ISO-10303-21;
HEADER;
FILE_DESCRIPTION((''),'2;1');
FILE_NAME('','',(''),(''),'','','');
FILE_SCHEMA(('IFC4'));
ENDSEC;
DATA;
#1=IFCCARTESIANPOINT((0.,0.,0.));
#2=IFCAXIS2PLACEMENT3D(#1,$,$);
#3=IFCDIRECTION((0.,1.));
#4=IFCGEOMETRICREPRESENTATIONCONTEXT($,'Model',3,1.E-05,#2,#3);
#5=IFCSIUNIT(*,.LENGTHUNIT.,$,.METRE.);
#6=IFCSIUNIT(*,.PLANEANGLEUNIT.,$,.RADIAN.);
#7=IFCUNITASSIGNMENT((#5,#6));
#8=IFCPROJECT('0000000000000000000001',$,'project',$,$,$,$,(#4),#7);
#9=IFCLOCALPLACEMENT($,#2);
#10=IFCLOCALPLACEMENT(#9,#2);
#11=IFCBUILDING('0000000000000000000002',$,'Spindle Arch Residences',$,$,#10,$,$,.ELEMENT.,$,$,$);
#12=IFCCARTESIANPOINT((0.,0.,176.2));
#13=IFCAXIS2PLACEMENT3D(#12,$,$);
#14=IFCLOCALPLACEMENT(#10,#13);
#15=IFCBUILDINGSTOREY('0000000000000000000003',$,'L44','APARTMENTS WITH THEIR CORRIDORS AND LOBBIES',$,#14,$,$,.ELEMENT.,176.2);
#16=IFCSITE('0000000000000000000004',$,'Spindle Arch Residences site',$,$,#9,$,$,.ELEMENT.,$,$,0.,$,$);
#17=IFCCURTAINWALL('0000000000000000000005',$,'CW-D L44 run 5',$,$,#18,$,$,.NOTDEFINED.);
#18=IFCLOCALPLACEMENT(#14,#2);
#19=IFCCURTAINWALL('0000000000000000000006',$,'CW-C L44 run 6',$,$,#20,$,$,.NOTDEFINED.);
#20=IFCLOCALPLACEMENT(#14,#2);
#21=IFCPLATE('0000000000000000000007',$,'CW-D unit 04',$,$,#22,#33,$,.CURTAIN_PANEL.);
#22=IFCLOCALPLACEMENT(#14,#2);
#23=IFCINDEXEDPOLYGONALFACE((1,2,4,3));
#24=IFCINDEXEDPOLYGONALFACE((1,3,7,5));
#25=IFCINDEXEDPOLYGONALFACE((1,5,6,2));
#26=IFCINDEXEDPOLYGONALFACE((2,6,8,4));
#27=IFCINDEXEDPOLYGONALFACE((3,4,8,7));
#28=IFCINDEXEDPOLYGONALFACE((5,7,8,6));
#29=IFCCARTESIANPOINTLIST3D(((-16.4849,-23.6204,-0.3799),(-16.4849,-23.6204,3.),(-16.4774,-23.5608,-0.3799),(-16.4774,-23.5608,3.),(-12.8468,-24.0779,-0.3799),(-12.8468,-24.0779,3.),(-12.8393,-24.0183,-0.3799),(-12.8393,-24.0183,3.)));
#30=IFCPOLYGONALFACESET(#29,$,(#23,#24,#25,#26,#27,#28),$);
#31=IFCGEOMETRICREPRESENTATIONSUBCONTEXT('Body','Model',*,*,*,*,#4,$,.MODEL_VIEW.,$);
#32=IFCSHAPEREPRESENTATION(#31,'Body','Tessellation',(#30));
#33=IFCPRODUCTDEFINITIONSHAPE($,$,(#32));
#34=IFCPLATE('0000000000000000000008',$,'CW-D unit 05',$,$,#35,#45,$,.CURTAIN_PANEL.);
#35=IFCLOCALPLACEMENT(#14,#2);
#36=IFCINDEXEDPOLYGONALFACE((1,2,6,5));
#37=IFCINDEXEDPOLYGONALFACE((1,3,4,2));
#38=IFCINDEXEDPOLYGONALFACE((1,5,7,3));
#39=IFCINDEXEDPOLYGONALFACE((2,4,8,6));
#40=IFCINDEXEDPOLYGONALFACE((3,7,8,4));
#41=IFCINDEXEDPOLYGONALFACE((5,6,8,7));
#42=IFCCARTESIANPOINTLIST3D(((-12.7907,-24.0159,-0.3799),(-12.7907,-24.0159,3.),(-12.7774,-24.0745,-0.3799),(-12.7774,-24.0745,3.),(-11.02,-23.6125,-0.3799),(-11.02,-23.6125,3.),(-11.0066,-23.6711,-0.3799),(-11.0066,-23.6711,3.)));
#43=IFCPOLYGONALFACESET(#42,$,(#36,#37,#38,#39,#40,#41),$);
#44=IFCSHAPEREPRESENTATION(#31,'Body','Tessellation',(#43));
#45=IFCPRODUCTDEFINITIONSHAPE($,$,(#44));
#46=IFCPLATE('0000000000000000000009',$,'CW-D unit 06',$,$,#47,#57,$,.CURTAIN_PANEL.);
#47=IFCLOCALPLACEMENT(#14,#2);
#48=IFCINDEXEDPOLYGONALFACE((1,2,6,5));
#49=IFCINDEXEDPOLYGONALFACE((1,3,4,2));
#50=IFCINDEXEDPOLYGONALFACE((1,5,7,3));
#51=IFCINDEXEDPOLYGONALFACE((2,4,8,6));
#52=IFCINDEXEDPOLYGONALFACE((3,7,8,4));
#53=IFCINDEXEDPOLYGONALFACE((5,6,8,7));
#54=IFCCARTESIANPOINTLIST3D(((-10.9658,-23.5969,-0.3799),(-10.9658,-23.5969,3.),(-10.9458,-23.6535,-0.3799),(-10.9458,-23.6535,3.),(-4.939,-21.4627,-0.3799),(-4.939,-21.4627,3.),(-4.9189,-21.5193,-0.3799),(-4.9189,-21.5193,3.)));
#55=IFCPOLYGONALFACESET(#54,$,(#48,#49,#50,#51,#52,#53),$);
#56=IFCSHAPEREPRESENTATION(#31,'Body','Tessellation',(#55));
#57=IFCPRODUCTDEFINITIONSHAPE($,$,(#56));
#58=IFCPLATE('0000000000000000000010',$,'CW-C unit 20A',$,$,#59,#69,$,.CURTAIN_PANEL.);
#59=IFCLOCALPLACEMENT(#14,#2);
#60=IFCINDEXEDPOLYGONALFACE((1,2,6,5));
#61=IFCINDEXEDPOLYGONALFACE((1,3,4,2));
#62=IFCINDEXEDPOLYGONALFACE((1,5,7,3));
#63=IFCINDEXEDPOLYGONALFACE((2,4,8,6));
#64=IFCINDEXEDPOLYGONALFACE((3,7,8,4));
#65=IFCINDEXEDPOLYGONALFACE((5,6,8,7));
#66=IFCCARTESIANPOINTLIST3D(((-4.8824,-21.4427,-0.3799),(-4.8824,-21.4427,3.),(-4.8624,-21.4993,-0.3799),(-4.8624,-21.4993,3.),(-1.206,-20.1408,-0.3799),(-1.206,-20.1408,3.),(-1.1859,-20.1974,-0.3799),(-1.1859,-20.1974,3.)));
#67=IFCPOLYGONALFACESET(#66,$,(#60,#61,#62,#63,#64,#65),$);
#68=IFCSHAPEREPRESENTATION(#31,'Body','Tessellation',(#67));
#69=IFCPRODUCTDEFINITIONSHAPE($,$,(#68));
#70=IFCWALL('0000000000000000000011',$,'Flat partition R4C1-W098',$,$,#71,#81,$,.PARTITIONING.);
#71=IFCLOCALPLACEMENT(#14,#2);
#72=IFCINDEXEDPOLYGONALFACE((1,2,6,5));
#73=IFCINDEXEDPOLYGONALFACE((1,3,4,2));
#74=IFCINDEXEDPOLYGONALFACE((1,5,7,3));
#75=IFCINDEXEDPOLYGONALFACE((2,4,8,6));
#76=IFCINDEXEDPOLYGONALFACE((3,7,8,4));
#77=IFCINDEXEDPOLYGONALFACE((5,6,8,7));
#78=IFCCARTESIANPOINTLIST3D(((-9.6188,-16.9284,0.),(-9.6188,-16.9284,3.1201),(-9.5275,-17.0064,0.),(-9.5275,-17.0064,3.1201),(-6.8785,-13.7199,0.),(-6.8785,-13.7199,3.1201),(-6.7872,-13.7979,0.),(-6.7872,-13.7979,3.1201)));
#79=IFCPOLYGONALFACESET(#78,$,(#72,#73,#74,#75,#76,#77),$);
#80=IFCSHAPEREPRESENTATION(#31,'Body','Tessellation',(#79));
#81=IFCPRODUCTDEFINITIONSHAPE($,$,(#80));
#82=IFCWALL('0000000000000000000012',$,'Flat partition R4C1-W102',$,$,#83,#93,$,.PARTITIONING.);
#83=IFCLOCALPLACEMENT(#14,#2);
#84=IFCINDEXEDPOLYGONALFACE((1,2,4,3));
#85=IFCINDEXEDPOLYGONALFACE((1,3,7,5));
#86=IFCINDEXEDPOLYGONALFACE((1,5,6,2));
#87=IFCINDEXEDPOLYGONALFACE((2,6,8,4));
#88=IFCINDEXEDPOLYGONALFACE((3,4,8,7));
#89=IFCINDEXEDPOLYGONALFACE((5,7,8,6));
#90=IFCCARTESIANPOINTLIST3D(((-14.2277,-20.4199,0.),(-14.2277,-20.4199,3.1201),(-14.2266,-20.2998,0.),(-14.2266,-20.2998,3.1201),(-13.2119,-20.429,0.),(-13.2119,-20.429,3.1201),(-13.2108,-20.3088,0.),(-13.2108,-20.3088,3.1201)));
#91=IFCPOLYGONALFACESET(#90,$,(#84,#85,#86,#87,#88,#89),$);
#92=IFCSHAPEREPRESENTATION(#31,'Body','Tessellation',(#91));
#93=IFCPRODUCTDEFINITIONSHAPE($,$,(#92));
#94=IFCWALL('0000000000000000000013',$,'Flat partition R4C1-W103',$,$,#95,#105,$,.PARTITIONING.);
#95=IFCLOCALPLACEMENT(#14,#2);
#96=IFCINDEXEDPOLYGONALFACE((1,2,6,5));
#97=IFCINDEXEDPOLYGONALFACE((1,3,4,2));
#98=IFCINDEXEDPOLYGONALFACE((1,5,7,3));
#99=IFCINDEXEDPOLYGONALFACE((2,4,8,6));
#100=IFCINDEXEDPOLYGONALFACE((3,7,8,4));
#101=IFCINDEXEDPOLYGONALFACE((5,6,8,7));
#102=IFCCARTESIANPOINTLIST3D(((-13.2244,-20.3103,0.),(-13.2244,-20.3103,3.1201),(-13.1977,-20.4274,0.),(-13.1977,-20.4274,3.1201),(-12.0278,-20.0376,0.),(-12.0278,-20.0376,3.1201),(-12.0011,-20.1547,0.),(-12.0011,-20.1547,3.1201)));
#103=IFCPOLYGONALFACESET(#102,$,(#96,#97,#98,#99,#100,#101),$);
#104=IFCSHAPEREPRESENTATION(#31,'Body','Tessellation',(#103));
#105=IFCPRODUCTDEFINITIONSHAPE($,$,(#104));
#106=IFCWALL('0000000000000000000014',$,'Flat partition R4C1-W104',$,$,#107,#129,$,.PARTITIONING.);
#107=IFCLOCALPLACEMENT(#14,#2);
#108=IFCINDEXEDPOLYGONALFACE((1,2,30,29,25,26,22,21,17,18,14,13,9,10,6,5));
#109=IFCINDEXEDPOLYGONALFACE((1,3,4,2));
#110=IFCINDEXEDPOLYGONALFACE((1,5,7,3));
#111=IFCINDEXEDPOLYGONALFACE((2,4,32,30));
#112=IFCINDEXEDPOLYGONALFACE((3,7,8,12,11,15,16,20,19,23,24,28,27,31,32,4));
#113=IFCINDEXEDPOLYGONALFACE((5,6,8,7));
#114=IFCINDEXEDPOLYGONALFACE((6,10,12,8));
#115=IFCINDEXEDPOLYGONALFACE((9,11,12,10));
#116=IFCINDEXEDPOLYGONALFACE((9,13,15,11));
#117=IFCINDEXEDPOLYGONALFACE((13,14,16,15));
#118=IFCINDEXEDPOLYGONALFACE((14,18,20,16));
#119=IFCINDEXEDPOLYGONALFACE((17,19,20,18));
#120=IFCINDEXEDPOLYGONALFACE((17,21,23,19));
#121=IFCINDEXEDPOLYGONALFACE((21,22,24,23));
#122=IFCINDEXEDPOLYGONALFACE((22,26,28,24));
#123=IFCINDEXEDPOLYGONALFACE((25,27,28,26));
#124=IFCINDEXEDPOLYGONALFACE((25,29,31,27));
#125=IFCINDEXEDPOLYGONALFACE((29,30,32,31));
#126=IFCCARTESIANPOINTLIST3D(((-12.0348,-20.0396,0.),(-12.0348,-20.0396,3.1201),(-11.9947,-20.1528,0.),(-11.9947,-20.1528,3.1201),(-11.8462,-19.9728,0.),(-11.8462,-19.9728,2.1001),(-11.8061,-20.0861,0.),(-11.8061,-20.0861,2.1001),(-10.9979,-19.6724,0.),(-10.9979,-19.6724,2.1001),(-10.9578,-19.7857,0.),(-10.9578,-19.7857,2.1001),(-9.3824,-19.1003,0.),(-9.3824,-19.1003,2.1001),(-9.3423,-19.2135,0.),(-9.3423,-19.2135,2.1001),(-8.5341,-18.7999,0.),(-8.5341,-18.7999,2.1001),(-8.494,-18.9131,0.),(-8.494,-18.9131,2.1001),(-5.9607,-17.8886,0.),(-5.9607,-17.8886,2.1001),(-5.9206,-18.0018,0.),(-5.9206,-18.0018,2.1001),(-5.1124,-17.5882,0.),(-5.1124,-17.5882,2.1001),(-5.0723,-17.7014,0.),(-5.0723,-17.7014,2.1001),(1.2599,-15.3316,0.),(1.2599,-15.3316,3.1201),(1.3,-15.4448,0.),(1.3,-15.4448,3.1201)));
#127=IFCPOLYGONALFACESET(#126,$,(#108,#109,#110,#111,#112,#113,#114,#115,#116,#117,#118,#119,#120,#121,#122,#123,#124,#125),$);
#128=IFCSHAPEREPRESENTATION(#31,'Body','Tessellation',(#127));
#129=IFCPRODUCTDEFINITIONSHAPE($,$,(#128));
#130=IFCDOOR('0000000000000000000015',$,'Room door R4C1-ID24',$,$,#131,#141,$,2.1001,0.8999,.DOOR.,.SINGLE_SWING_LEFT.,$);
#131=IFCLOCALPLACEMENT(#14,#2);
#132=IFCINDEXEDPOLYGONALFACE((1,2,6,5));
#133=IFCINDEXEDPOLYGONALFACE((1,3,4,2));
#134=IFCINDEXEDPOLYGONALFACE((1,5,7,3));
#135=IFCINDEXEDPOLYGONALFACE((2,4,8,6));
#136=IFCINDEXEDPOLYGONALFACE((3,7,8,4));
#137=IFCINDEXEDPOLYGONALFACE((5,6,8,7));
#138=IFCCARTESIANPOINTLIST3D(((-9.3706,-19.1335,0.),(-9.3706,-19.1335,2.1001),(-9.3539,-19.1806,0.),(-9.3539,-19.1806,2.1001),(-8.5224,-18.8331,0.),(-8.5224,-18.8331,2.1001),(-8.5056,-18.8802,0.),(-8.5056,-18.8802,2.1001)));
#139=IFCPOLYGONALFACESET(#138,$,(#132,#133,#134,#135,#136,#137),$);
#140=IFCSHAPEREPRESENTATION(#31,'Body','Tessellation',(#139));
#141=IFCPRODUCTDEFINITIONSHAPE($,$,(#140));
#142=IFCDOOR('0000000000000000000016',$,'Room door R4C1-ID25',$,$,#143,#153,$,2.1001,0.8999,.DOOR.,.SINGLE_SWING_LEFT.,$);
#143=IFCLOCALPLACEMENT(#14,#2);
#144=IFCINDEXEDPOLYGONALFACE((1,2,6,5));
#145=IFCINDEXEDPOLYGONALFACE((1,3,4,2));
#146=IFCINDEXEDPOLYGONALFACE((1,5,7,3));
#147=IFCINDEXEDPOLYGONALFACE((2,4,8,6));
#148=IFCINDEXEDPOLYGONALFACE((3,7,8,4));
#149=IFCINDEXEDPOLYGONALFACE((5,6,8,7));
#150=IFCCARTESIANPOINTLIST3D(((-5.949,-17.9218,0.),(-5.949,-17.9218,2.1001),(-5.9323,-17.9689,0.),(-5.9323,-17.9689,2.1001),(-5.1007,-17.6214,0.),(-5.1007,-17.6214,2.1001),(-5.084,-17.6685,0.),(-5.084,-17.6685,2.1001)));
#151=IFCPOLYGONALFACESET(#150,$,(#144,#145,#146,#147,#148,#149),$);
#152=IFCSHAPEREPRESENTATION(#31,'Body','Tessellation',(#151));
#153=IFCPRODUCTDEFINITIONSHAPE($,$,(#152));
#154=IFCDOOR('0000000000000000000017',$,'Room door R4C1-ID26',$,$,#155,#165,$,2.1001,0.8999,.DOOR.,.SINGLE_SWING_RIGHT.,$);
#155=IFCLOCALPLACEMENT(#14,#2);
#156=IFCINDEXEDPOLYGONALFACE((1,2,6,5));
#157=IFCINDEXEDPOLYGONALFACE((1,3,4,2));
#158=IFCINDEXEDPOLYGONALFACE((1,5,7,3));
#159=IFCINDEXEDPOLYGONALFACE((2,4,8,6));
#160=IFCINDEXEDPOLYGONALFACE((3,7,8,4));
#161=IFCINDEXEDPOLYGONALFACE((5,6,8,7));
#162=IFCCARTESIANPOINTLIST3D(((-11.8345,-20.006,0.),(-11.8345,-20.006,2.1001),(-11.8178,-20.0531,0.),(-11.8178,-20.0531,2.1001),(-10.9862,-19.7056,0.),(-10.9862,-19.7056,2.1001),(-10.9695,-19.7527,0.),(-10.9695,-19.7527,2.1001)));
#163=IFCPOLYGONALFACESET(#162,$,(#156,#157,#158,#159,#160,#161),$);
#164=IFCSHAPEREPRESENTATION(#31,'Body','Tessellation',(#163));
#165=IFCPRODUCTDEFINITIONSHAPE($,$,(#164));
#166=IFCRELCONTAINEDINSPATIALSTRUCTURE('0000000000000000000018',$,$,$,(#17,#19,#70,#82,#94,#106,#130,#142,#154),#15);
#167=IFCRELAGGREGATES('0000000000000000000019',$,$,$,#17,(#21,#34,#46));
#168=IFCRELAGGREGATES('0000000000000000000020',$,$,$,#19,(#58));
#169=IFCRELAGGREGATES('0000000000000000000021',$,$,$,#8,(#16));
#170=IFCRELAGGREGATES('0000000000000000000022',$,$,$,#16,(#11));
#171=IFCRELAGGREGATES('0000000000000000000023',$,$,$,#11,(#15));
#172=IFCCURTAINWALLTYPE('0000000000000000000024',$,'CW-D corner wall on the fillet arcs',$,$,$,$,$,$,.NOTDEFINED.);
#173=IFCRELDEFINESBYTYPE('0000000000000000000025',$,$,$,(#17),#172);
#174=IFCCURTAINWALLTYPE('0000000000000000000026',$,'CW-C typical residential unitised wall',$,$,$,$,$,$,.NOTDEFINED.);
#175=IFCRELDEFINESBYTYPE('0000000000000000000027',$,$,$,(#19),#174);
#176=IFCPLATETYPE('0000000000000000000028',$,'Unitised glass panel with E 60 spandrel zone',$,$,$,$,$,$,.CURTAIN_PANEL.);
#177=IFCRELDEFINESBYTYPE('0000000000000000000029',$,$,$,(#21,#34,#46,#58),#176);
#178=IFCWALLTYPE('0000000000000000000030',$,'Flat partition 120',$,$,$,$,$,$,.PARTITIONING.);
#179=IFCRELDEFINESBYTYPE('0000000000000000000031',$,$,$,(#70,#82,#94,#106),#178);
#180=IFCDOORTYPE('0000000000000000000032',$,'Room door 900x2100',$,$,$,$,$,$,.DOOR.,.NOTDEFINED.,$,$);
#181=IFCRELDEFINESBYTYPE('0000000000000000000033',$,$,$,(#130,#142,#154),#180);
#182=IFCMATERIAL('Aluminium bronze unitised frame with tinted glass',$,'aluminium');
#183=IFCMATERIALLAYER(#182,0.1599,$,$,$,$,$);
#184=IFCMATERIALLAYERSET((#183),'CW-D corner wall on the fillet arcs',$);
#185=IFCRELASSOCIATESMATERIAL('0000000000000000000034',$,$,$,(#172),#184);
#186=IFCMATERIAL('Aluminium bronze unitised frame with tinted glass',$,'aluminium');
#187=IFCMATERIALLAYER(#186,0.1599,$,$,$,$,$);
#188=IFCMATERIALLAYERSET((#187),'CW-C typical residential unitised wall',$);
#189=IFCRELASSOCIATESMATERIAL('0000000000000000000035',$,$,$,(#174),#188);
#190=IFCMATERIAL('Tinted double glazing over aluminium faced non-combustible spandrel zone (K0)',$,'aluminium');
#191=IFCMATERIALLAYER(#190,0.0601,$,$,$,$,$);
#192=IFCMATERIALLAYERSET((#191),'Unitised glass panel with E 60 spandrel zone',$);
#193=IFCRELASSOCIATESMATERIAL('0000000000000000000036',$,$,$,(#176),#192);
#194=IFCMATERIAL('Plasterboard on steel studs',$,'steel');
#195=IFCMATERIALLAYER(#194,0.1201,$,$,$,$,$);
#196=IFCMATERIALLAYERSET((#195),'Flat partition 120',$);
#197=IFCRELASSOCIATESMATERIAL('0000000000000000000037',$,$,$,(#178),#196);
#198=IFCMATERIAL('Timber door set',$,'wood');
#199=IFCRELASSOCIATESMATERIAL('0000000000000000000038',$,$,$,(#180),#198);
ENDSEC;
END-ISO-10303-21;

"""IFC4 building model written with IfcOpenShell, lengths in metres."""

from ifc_helpers import new_model, si_unit, direction, frame, frame_2d, origin, origin_2d, place, context, subcontext, project, spatial, rectangle, extrude, material, layer, layer_set, type_object, element, fill, aggregate, save


model = new_model("IFC4")

# Units and contexts
model_context = context("Model", 3, precision=1e-05, world=origin(), true_north=direction((0.0, 1.0)))
body_context = subcontext(model_context, "Body", "Model", "MODEL_VIEW")
ifc_project = project(units=[si_unit("LENGTHUNIT", "METRE"), si_unit("PLANEANGLEUNIT", "RADIAN")], contexts=[model_context])

# Site, building, storey
site_placement = place(None, origin())
site = spatial("IfcSite", under=ifc_project, at=site_placement, Name="Spindle Arch Residences site", CompositionType="ELEMENT", RefElevation=0.0)
building_placement = place(site_placement, origin())
building = spatial("IfcBuilding", under=site, at=building_placement, Name="Spindle Arch Residences", CompositionType="ELEMENT")
storey_placement = place(building_placement, frame((0.0, 0.0, 176.2)))
storey = spatial("IfcBuildingStorey", under=building, at=storey_placement, Name="L44", Description="APARTMENTS WITH THEIR CORRIDORS AND LOBBIES", CompositionType="ELEMENT", Elevation=176.2)

# Curtain wall
ifc_material_1 = material(Name="Aluminium bronze unitised frame with tinted glass", Category="aluminium")
ifc_layer_1 = layer(ifc_material_1, 0.1599)
ifc_layer_set_1 = layer_set([ifc_layer_1], Name="CW-D corner wall on the fillet arcs")
curtain_wall_type_1 = type_object("IfcCurtainWallType", Name="CW-D corner wall on the fillet arcs", PredefinedType="NOTDEFINED", material=ifc_layer_set_1)
curtain_wall_1_placement = place(storey_placement, origin())
curtain_wall_1 = element("IfcCurtainWall", 1, at=curtain_wall_1_placement, inside=storey, type_object=curtain_wall_type_1, Name="CW-D L44 run 5", PredefinedType="NOTDEFINED")

# Curtain wall
ifc_material_2 = material(Name="Aluminium bronze unitised frame with tinted glass", Category="aluminium")
ifc_layer_2 = layer(ifc_material_2, 0.1599)
ifc_layer_set_2 = layer_set([ifc_layer_2], Name="CW-C typical residential unitised wall")
curtain_wall_type_2 = type_object("IfcCurtainWallType", Name="CW-C typical residential unitised wall", PredefinedType="NOTDEFINED", material=ifc_layer_set_2)
curtain_wall_2_placement = place(storey_placement, origin())
curtain_wall_2 = element("IfcCurtainWall", 2, at=curtain_wall_2_placement, inside=storey, type_object=curtain_wall_type_2, Name="CW-C L44 run 6", PredefinedType="NOTDEFINED")

# Plates
ifc_material_3 = material(Name="Tinted double glazing over aluminium faced non-combustible spandrel zone (K0)", Category="aluminium")
ifc_layer_3 = layer(ifc_material_3, 0.0601)
ifc_layer_set_3 = layer_set([ifc_layer_3], Name="Unitised glass panel with E 60 spandrel zone")
plate_type = type_object("IfcPlateType", Name="Unitised glass panel with E 60 spandrel zone", PredefinedType="CURTAIN_PANEL", material=ifc_layer_set_3)
plate_1_placement = place(storey_placement, frame((-14.6621, -23.8193, -0.3799), z_axis=(0.0, 0.0, 1.0), x_axis=(0.992187, -0.124756, 0.0)))
plate_1 = element("IfcPlate", 3, at=plate_1_placement, type_object=plate_type, Name="CW-D unit 04", PredefinedType="CURTAIN_PANEL", context=body_context, shape_type="SweptSolid", body=[
    extrude(rectangle(XDim=3.6667, YDim=0.0601, at=origin_2d()), origin(), (0.0, 0.0, 1.0), 3.3799),
])
plate_2_placement = place(storey_placement, frame((-11.8987, -23.8435, -0.3799), z_axis=(0.0, 0.0, 1.0), x_axis=(0.97502, 0.222116, 0.0)))
plate_2 = element("IfcPlate", 4, at=plate_2_placement, type_object=plate_type, Name="CW-D unit 05", PredefinedType="CURTAIN_PANEL", context=body_context, shape_type="SweptSolid", body=[
    extrude(rectangle(XDim=1.8162, YDim=0.0601, at=origin_2d()), origin(), (0.0, 0.0, 1.0), 3.3799),
])
plate_3_placement = place(storey_placement, frame((-7.9424, -22.5581, -0.3799), z_axis=(0.0, 0.0, 1.0), x_axis=(0.942641, 0.333807, 0.0)))
plate_3 = element("IfcPlate", 5, at=plate_3_placement, type_object=plate_type, Name="CW-D unit 06", PredefinedType="CURTAIN_PANEL", context=body_context, shape_type="SweptSolid", body=[
    extrude(rectangle(XDim=6.3936, YDim=0.0601, at=origin_2d()), origin(), (0.0, 0.0, 1.0), 3.3799),
])
aggregate(curtain_wall_1, [plate_1, plate_2, plate_3])
plate_4_placement = place(storey_placement, frame((-3.0342, -20.8201, -0.3799), z_axis=(0.0, 0.0, 1.0), x_axis=(0.942641, 0.333807, 0.0)))
plate_4 = element("IfcPlate", 6, at=plate_4_placement, type_object=plate_type, Name="CW-C unit 20A", PredefinedType="CURTAIN_PANEL", context=body_context, shape_type="SweptSolid", body=[
    extrude(rectangle(XDim=3.9001, YDim=0.0601, at=origin_2d()), origin(), (0.0, 0.0, 1.0), 3.3799),
])
aggregate(curtain_wall_2, [plate_4])

# Walls
ifc_material_4 = material(Name="Plasterboard on steel studs", Category="steel")
ifc_layer_4 = layer(ifc_material_4, 0.1201)
ifc_layer_set_4 = layer_set([ifc_layer_4], Name="Flat partition 120")
wall_type_1 = type_object("IfcWallType", Name="Flat partition 120", PredefinedType="PARTITIONING", material=ifc_layer_set_4)
wall_1_placement = place(storey_placement, frame((-9.5732, -16.9675, 0.0), z_axis=(0.0, 0.0, 1.0), x_axis=(0.649437, 0.760415, 0.0)))
element("IfcWall", 7, at=wall_1_placement, inside=storey, type_object=wall_type_1, Name="Flat partition R4C1-W098", PredefinedType="PARTITIONING", context=body_context, shape_type="SweptSolid", body=[
    extrude(rectangle(XDim=4.2195, YDim=0.1201, at=frame_2d((2.1099, 0.0))), origin(), (0.0, 0.0, 1.0), 3.1201),
])
wall_2_placement = place(storey_placement, frame((-14.2271, -20.3599, 0.0), z_axis=(0.0, 0.0, 1.0), x_axis=(0.99996, -0.008892, 0.0)))
element("IfcWall", 8, at=wall_2_placement, inside=storey, type_object=wall_type_1, Name="Flat partition R4C1-W102", PredefinedType="PARTITIONING", context=body_context, shape_type="SweptSolid", body=[
    extrude(rectangle(XDim=1.0159, YDim=0.1201, at=frame_2d((0.5078, 0.0))), origin(), (0.0, 0.0, 1.0), 3.1201),
])
wall_3_placement = place(storey_placement, frame((-13.2112, -20.3689, 0.0), z_axis=(0.0, 0.0, 1.0), x_axis=(0.974998, 0.222214, 0.0)))
element("IfcWall", 9, at=wall_3_placement, inside=storey, type_object=wall_type_1, Name="Flat partition R4C1-W103", PredefinedType="PARTITIONING", context=body_context, shape_type="SweptSolid", body=[
    extrude(rectangle(XDim=1.2273, YDim=0.1201, at=frame_2d((0.6138, 0.0))), origin(), (0.0, 0.0, 1.0), 3.1201),
])

# Wall, openings, doors
wall_4_placement = place(storey_placement, frame((-12.0146, -20.0962, 0.0), z_axis=(0.0, 0.0, 1.0), x_axis=(0.942639, 0.333814, 0.0)))
wall_4 = element("IfcWall", 10, at=wall_4_placement, inside=storey, type_object=wall_type_1, Name="Flat partition R4C1-W104", PredefinedType="PARTITIONING", context=body_context, shape_type="SweptSolid", body=[
    extrude(rectangle(XDim=14.1038, YDim=0.1201, at=frame_2d((7.0518, 0.0))), origin(), (0.0, 0.0, 1.0), 3.1201),
])
opening_1_placement = place(wall_4_placement, frame((2.8137, 0.0, 0.0)))
opening_1 = element("IfcOpeningElement", 11, at=opening_1_placement, cuts=wall_4, PredefinedType="OPENING", context=body_context, shape_type="SweptSolid", body=[
    extrude(rectangle(XDim=0.8999, YDim=2.1001, at=frame_2d((0.45, 1.05))), frame((0.0, 0.0701, 0.0), z_axis=(0.0, -1.0, 0.0), x_axis=(1.0, 0.0, 0.0)), (0.0, 0.0, 1.0), 0.1401),
])
opening_2_placement = place(wall_4_placement, frame((6.4436, 0.0, 0.0)))
opening_2 = element("IfcOpeningElement", 12, at=opening_2_placement, cuts=wall_4, PredefinedType="OPENING", context=body_context, shape_type="SweptSolid", body=[
    extrude(rectangle(XDim=0.8999, YDim=2.1001, at=frame_2d((0.45, 1.05))), frame((0.0, 0.0701, 0.0), z_axis=(0.0, -1.0, 0.0), x_axis=(1.0, 0.0, 0.0)), (0.0, 0.0, 1.0), 0.1401),
])
opening_3_placement = place(wall_4_placement, frame((0.2, 0.0, 0.0)))
opening_3 = element("IfcOpeningElement", 13, at=opening_3_placement, cuts=wall_4, PredefinedType="OPENING", context=body_context, shape_type="SweptSolid", body=[
    extrude(rectangle(XDim=0.8999, YDim=2.1001, at=frame_2d((0.45, 1.05))), frame((0.0, 0.0701, 0.0), z_axis=(0.0, -1.0, 0.0), x_axis=(1.0, 0.0, 0.0)), (0.0, 0.0, 1.0), 0.1401),
])
ifc_material_5 = material(Name="Timber door set", Category="wood")
door_type = type_object("IfcDoorType", Name="Room door 900x2100", OperationType="NOTDEFINED", PredefinedType="DOOR", material=ifc_material_5)
door_1_placement = place(opening_1_placement, origin())
door_1 = element("IfcDoor", 14, at=door_1_placement, inside=storey, type_object=door_type, Name="Room door R4C1-ID24", OperationType="SINGLE_SWING_LEFT", OverallHeight=2.1001, OverallWidth=0.8999, PredefinedType="DOOR", context=body_context, shape_type="SweptSolid", body=[
    extrude(rectangle(XDim=0.8999, YDim=2.1001, at=frame_2d((0.45, 1.05))), frame((0.0, 0.0249, 0.0), z_axis=(0.0, -1.0, 0.0), x_axis=(1.0, 0.0, 0.0)), (0.0, 0.0, 1.0), 0.05),
])
fill(opening_1, door_1)
door_2_placement = place(opening_2_placement, origin())
door_2 = element("IfcDoor", 15, at=door_2_placement, inside=storey, type_object=door_type, Name="Room door R4C1-ID25", OperationType="SINGLE_SWING_LEFT", OverallHeight=2.1001, OverallWidth=0.8999, PredefinedType="DOOR", context=body_context, shape_type="SweptSolid", body=[
    extrude(rectangle(XDim=0.8999, YDim=2.1001, at=frame_2d((0.45, 1.05))), frame((0.0, 0.0249, 0.0), z_axis=(0.0, -1.0, 0.0), x_axis=(1.0, 0.0, 0.0)), (0.0, 0.0, 1.0), 0.05),
])
fill(opening_2, door_2)
door_3_placement = place(opening_3_placement, origin())
door_3 = element("IfcDoor", 16, at=door_3_placement, inside=storey, type_object=door_type, Name="Room door R4C1-ID26", OperationType="SINGLE_SWING_RIGHT", OverallHeight=2.1001, OverallWidth=0.8999, PredefinedType="DOOR", context=body_context, shape_type="SweptSolid", body=[
    extrude(rectangle(XDim=0.8999, YDim=2.1001, at=frame_2d((0.45, 1.05))), frame((0.0, 0.0249, 0.0), z_axis=(0.0, -1.0, 0.0), x_axis=(1.0, 0.0, 0.0)), (0.0, 0.0, 1.0), 0.05),
])
fill(opening_3, door_3)

save(model, "model.ifc")
